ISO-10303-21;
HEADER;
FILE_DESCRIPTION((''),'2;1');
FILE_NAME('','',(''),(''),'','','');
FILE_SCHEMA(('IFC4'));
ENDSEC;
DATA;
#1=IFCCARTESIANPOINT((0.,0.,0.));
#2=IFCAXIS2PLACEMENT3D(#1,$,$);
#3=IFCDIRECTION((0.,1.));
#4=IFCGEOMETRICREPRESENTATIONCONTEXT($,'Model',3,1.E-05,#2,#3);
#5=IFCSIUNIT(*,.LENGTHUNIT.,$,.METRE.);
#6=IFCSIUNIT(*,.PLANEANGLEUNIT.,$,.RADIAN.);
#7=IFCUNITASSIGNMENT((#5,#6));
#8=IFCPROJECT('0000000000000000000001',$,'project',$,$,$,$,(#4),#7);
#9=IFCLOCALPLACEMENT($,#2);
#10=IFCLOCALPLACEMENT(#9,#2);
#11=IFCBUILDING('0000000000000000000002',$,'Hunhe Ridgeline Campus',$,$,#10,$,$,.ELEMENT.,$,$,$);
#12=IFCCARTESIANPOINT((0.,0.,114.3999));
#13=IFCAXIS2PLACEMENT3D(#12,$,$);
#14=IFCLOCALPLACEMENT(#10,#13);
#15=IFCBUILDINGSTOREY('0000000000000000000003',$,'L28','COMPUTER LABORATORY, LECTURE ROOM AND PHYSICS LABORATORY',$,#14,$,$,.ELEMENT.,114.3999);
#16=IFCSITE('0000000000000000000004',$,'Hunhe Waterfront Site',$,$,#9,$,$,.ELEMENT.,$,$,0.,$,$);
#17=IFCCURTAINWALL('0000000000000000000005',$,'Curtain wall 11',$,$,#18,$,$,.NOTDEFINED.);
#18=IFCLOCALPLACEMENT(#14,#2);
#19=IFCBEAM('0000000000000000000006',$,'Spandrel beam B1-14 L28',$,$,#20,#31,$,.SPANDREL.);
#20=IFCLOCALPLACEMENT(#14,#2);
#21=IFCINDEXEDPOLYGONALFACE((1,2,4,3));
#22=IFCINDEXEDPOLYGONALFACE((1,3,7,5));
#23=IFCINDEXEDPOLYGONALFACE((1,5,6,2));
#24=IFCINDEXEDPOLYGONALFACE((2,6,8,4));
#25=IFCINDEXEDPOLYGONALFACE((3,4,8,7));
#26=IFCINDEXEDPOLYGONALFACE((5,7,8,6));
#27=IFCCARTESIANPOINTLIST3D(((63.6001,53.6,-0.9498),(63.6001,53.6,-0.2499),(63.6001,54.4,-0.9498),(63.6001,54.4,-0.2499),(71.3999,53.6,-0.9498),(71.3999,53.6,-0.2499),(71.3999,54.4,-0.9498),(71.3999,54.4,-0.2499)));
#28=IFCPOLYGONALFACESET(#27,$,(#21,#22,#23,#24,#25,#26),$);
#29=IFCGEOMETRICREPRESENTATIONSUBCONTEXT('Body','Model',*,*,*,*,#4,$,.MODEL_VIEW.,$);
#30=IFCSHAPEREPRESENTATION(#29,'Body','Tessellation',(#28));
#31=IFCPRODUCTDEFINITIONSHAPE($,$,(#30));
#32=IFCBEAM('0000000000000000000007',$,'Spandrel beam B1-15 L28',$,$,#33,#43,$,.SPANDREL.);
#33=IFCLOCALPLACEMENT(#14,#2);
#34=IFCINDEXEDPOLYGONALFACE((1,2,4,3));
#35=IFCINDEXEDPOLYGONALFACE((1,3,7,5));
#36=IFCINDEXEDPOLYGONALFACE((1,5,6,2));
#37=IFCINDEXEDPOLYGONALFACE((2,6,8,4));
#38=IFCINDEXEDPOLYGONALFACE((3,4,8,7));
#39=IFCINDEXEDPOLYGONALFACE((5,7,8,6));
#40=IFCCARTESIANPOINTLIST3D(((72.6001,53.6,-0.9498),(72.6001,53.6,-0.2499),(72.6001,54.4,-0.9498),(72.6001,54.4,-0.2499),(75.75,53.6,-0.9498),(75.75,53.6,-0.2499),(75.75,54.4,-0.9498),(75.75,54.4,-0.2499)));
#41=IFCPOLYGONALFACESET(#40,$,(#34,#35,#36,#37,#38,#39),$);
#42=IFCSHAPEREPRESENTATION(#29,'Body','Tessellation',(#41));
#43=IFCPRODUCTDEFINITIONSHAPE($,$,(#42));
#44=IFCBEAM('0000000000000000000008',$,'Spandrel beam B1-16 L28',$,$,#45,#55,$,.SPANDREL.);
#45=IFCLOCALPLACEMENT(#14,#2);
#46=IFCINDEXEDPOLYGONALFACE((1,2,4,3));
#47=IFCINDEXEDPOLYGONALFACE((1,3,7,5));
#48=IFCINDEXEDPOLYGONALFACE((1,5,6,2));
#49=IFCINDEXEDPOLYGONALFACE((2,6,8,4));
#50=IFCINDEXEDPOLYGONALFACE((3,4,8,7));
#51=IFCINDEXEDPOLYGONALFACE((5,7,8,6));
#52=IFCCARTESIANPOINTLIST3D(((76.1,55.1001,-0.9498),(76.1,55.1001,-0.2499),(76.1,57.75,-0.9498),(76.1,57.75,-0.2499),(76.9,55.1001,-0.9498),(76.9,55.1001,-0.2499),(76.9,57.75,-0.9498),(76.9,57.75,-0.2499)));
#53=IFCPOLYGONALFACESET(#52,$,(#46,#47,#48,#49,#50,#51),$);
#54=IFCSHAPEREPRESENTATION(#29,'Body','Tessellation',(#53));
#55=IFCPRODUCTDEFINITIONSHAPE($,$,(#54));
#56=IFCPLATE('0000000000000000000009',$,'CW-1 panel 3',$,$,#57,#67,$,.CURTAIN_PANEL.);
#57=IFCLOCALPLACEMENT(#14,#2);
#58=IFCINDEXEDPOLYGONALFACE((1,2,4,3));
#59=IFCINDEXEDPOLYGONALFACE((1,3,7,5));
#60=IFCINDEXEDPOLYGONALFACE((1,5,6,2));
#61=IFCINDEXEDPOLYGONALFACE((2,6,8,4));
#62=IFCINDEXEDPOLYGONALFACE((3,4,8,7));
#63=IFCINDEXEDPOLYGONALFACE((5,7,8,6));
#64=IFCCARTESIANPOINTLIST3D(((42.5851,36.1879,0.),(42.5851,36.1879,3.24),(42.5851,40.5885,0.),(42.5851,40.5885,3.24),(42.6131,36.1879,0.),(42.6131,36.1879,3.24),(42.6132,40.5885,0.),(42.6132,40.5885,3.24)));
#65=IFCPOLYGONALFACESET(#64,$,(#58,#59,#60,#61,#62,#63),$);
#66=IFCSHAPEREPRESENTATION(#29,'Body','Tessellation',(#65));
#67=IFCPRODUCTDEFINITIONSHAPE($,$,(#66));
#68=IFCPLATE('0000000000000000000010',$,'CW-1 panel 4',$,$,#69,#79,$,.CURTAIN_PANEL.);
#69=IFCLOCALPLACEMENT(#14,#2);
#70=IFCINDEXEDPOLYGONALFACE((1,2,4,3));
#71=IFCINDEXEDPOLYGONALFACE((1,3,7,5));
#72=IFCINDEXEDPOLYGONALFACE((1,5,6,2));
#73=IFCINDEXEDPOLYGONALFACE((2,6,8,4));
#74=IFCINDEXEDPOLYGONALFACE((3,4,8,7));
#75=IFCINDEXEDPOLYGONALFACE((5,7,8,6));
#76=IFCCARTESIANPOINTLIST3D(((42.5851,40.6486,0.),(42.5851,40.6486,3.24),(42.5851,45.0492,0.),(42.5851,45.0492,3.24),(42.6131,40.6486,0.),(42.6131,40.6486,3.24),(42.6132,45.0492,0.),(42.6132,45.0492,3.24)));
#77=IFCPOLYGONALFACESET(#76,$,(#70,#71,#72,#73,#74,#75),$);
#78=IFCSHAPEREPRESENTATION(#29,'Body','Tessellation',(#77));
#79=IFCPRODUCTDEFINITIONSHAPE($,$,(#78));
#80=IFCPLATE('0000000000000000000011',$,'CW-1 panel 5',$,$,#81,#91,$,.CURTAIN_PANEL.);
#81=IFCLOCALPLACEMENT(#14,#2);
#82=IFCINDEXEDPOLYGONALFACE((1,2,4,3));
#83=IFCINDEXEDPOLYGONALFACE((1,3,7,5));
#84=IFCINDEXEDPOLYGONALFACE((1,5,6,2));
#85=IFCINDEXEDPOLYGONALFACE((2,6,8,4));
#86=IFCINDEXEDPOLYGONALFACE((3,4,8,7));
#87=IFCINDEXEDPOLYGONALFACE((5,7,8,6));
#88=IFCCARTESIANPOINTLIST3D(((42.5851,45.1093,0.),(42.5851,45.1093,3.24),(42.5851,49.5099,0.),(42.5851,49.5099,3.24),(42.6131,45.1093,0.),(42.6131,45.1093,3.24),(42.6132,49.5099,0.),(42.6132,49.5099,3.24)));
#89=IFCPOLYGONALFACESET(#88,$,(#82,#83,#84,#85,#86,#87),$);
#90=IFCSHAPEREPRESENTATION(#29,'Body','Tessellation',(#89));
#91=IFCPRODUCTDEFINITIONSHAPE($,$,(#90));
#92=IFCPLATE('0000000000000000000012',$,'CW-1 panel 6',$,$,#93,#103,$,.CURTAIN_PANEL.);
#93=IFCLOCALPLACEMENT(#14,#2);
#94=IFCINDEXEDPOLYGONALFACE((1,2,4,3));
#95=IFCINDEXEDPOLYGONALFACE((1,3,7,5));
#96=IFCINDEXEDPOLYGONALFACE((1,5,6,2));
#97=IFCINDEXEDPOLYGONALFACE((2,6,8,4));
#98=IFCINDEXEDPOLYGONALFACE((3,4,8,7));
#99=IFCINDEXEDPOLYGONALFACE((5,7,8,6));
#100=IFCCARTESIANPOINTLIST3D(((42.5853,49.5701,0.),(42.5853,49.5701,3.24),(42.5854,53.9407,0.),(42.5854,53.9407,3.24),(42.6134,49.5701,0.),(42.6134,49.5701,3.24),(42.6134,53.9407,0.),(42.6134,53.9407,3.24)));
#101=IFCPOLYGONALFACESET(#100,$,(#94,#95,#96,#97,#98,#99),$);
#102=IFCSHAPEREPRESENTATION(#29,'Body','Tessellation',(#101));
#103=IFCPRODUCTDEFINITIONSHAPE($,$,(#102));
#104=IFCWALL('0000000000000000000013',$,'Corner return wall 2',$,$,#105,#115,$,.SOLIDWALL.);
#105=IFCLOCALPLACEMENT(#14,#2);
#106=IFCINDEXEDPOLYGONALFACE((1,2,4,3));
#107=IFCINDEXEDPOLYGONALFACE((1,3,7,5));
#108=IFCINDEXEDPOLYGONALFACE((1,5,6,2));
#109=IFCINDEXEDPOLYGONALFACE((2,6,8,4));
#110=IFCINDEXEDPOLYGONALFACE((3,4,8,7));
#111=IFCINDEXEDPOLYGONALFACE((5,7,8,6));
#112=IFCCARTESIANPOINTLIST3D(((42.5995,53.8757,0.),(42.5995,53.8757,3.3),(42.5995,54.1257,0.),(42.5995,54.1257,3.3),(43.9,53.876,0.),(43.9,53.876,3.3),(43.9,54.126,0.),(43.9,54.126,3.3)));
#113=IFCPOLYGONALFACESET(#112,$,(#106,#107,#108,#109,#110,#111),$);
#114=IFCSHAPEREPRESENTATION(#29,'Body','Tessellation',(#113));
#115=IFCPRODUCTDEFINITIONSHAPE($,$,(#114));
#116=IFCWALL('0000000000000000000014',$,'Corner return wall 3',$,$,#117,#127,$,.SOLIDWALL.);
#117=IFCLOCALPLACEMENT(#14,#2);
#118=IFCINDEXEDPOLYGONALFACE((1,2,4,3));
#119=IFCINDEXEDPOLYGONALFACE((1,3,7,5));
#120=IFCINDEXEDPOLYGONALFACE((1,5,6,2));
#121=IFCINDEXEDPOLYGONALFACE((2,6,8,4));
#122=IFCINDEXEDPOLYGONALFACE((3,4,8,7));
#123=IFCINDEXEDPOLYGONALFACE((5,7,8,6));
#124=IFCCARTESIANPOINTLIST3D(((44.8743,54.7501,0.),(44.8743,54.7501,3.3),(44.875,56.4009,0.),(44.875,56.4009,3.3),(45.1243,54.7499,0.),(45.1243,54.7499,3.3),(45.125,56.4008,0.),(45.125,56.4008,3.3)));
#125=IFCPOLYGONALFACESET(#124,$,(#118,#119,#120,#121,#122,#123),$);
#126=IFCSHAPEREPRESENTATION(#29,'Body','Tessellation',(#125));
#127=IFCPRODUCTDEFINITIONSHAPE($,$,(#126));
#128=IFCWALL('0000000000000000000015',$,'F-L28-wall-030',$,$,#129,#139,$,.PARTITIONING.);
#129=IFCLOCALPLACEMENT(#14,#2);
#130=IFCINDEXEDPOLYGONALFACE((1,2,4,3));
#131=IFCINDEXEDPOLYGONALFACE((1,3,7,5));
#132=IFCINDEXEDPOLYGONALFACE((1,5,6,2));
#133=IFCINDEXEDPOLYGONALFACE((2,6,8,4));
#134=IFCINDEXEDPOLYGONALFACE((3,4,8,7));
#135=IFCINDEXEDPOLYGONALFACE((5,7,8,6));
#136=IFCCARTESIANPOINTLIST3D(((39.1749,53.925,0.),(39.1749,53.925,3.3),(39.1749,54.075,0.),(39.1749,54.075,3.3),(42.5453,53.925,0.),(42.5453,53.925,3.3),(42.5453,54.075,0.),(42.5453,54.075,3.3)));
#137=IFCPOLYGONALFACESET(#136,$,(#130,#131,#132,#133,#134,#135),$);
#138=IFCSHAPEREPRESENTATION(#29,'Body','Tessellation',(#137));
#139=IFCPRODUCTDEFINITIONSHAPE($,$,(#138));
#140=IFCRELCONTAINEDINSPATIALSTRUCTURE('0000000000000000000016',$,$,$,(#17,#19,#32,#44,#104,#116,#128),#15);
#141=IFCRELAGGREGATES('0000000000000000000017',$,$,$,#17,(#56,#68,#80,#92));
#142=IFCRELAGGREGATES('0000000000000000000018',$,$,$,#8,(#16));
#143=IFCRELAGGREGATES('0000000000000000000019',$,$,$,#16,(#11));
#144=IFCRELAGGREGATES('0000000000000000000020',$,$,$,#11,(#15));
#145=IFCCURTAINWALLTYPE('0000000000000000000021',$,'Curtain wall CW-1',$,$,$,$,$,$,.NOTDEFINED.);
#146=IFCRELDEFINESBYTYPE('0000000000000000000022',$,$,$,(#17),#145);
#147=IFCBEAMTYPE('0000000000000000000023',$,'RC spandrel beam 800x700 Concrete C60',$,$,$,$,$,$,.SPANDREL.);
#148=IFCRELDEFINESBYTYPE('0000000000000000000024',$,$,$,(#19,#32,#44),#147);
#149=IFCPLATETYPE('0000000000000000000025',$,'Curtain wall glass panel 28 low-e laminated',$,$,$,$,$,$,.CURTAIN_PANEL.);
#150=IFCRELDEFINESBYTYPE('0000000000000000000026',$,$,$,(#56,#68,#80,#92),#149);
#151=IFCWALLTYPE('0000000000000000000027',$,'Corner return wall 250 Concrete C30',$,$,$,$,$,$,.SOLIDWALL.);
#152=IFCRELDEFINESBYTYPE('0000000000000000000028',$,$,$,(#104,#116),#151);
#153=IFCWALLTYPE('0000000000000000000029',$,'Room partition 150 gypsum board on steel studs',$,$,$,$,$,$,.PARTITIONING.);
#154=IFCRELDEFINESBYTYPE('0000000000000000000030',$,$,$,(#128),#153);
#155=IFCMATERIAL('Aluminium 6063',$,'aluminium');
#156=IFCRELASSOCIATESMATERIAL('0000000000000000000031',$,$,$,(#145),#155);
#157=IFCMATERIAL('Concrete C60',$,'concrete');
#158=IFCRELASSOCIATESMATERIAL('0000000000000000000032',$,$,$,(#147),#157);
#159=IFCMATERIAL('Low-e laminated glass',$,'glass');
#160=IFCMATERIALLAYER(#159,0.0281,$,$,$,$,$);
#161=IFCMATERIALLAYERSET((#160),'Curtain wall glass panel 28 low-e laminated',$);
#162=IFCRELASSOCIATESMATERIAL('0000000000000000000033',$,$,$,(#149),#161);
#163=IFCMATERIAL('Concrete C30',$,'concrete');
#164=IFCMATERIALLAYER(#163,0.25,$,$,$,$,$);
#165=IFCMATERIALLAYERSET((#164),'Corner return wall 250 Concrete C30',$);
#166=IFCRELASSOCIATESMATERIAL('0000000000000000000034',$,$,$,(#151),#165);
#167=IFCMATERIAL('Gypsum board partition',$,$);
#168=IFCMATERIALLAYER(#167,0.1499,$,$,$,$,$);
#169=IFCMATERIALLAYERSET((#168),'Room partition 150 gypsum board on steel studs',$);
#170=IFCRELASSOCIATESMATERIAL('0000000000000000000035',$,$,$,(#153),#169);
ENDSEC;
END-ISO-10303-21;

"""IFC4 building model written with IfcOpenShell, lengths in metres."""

from ifc_helpers import new_model, si_unit, direction, frame, frame_2d, origin, origin_2d, place, context, subcontext, project, spatial, rectangle, extrude, material, layer, layer_set, material_profile, profile_set, type_object, element, aggregate, save


model = new_model("IFC4")

# Units and contexts
model_context = context("Model", 3, precision=1e-05, world=origin(), true_north=direction((0.0, 1.0)))
body_context = subcontext(model_context, "Body", "Model", "MODEL_VIEW")
ifc_project = project(units=[si_unit("LENGTHUNIT", "METRE"), si_unit("PLANEANGLEUNIT", "RADIAN")], contexts=[model_context])

# Site, building, storey
site_placement = place(None, origin())
site = spatial("IfcSite", under=ifc_project, at=site_placement, Name="Hunhe Waterfront Site", CompositionType="ELEMENT", RefElevation=0.0)
building_placement = place(site_placement, origin())
building = spatial("IfcBuilding", under=site, at=building_placement, Name="Hunhe Ridgeline Campus", CompositionType="ELEMENT")
storey_placement = place(building_placement, frame((0.0, 0.0, 114.3999)))
storey = spatial("IfcBuildingStorey", under=building, at=storey_placement, Name="L28", Description="COMPUTER LABORATORY, LECTURE ROOM AND PHYSICS LABORATORY", CompositionType="ELEMENT", Elevation=114.3999)

# Curtain wall
ifc_material_1 = material(Name="Aluminium 6063", Category="aluminium")
curtain_wall_type = type_object("IfcCurtainWallType", Name="Curtain wall CW-1", PredefinedType="NOTDEFINED", material=ifc_material_1)
curtain_wall_placement = place(storey_placement, origin())
curtain_wall = element("IfcCurtainWall", 1, at=curtain_wall_placement, inside=storey, type_object=curtain_wall_type, Name="Curtain wall 11", PredefinedType="NOTDEFINED")

# Beams
ifc_material_2 = material(Name="Concrete C60", Category="concrete")
ifc_material_profile_1 = material_profile(ifc_material_2, rectangle(XDim=0.8, YDim=0.7, at=origin_2d()))
ifc_profile_set_1 = profile_set([ifc_material_profile_1], Name="Concrete C60")
beam_type = type_object("IfcBeamType", Name="RC spandrel beam 800x700 Concrete C60", PredefinedType="SPANDREL", material=ifc_profile_set_1)
for number, where, z_axis, x_axis, name in (
    (2, (63.6001, 54.0, -0.5999), (1.0, 0.0, 0.0), (0.0, 1.0, 0.0), "Spandrel beam B1-14 L28"),
):
    element("IfcBeam", number, at=place(storey_placement, frame(where, z_axis=z_axis, x_axis=x_axis)), inside=storey, type_object=beam_type, Name=name, PredefinedType="SPANDREL", context=body_context, shape_type="SweptSolid", body=[
        extrude(rectangle(XDim=0.8, YDim=0.7, at=origin_2d()), origin(), (0.0, 0.0, 1.0), 7.7998),
    ])
beam_1_placement = place(storey_placement, frame((72.6001, 54.0, -0.5999), z_axis=(1.0, 0.0, 0.0), x_axis=(0.0, 1.0, 0.0)))
element("IfcBeam", 3, at=beam_1_placement, inside=storey, type_object=beam_type, Name="Spandrel beam B1-15 L28", PredefinedType="SPANDREL", context=body_context, shape_type="SweptSolid", body=[
    extrude(rectangle(XDim=0.8, YDim=0.7, at=origin_2d()), origin(), (0.0, 0.0, 1.0), 3.1499),
])
beam_2_placement = place(storey_placement, frame((76.5, 55.1001, -0.5999), z_axis=(0.0, 1.0, 0.0), x_axis=(-1.0, 0.0, 0.0)))
element("IfcBeam", 4, at=beam_2_placement, inside=storey, type_object=beam_type, Name="Spandrel beam B1-16 L28", PredefinedType="SPANDREL", context=body_context, shape_type="SweptSolid", body=[
    extrude(rectangle(XDim=0.8, YDim=0.7, at=origin_2d()), origin(), (0.0, 0.0, 1.0), 2.6499),
])

# Plates
ifc_material_3 = material(Name="Low-e laminated glass", Category="glass")
ifc_layer_1 = layer(ifc_material_3, 0.0281)
ifc_layer_set_1 = layer_set([ifc_layer_1], Name="Curtain wall glass panel 28 low-e laminated")
plate_type = type_object("IfcPlateType", Name="Curtain wall glass panel 28 low-e laminated", PredefinedType="CURTAIN_PANEL", material=ifc_layer_set_1)
plate_1_placement = place(storey_placement, frame((42.5991, 38.3882, 0.0), z_axis=(0.0, 0.0, 1.0), x_axis=(0.000011, 1.0, 0.0)))
plate_1 = element("IfcPlate", 5, at=plate_1_placement, type_object=plate_type, Name="CW-1 panel 3", PredefinedType="CURTAIN_PANEL", context=body_context, shape_type="SweptSolid", body=[
    extrude(rectangle(XDim=4.4006, YDim=0.0281, at=origin_2d()), origin(), (0.0, 0.0, 1.0), 3.24),
])
plate_2_placement = place(storey_placement, frame((42.5991, 42.8489, 0.0), z_axis=(0.0, 0.0, 1.0), x_axis=(0.000011, 1.0, 0.0)))
plate_2 = element("IfcPlate", 6, at=plate_2_placement, type_object=plate_type, Name="CW-1 panel 4", PredefinedType="CURTAIN_PANEL", context=body_context, shape_type="SweptSolid", body=[
    extrude(rectangle(XDim=4.4006, YDim=0.0281, at=origin_2d()), origin(), (0.0, 0.0, 1.0), 3.24),
])
plate_3_placement = place(storey_placement, frame((42.5991, 47.3096, 0.0), z_axis=(0.0, 0.0, 1.0), x_axis=(0.000011, 1.0, 0.0)))
plate_3 = element("IfcPlate", 7, at=plate_3_placement, type_object=plate_type, Name="CW-1 panel 5", PredefinedType="CURTAIN_PANEL", context=body_context, shape_type="SweptSolid", body=[
    extrude(rectangle(XDim=4.4006, YDim=0.0281, at=origin_2d()), origin(), (0.0, 0.0, 1.0), 3.24),
])
plate_4_placement = place(storey_placement, frame((42.5994, 51.7554, 0.0), z_axis=(0.0, 0.0, 1.0), x_axis=(0.000011, 1.0, 0.0)))
plate_4 = element("IfcPlate", 8, at=plate_4_placement, type_object=plate_type, Name="CW-1 panel 6", PredefinedType="CURTAIN_PANEL", context=body_context, shape_type="SweptSolid", body=[
    extrude(rectangle(XDim=4.3706, YDim=0.0281, at=origin_2d()), origin(), (0.0, 0.0, 1.0), 3.24),
])
aggregate(curtain_wall, [plate_1, plate_2, plate_3, plate_4])

# Walls
ifc_material_4 = material(Name="Concrete C30", Category="concrete")
ifc_layer_2 = layer(ifc_material_4, 0.25)
ifc_layer_set_2 = layer_set([ifc_layer_2], Name="Corner return wall 250 Concrete C30")
wall_type_1 = type_object("IfcWallType", Name="Corner return wall 250 Concrete C30", PredefinedType="SOLIDWALL", material=ifc_layer_set_2)
wall_1_placement = place(storey_placement, frame((42.5994, 54.0007, 0.0), z_axis=(0.0, 0.0, 1.0), x_axis=(1.0, 0.000188, 0.0)))
element("IfcWall", 9, at=wall_1_placement, inside=storey, type_object=wall_type_1, Name="Corner return wall 2", PredefinedType="SOLIDWALL", context=body_context, shape_type="SweptSolid", body=[
    extrude(rectangle(XDim=1.3005, YDim=0.25, at=frame_2d((0.6504, 0.0))), origin(), (0.0, 0.0, 1.0), 3.3),
])
wall_2_placement = place(storey_placement, frame((44.9993, 54.75, 0.0), z_axis=(0.0, 0.0, 1.0), x_axis=(0.000444, 1.0, 0.0)))
element("IfcWall", 10, at=wall_2_placement, inside=storey, type_object=wall_type_1, Name="Corner return wall 3", PredefinedType="SOLIDWALL", context=body_context, shape_type="SweptSolid", body=[
    extrude(rectangle(XDim=1.6509, YDim=0.25, at=frame_2d((0.8254, 0.0))), origin(), (0.0, 0.0, 1.0), 3.3),
])
ifc_material_5 = material(Name="Gypsum board partition")
ifc_layer_3 = layer(ifc_material_5, 0.1499)
ifc_layer_set_3 = layer_set([ifc_layer_3], Name="Room partition 150 gypsum board on steel studs")
wall_type_2 = type_object("IfcWallType", Name="Room partition 150 gypsum board on steel studs", PredefinedType="PARTITIONING", material=ifc_layer_set_3)
wall_3_placement = place(storey_placement, frame((39.175, 54.0, 0.0), z_axis=(0.0, 0.0, 1.0), x_axis=(1.0, 0.0, 0.0)))
element("IfcWall", 11, at=wall_3_placement, inside=storey, type_object=wall_type_2, Name="F-L28-wall-030", PredefinedType="PARTITIONING", context=body_context, shape_type="SweptSolid", body=[
    extrude(rectangle(XDim=3.3704, YDim=0.1499, at=frame_2d((1.6851, 0.0))), origin(), (0.0, 0.0, 1.0), 3.3),
])

save(model, "model.ifc")
